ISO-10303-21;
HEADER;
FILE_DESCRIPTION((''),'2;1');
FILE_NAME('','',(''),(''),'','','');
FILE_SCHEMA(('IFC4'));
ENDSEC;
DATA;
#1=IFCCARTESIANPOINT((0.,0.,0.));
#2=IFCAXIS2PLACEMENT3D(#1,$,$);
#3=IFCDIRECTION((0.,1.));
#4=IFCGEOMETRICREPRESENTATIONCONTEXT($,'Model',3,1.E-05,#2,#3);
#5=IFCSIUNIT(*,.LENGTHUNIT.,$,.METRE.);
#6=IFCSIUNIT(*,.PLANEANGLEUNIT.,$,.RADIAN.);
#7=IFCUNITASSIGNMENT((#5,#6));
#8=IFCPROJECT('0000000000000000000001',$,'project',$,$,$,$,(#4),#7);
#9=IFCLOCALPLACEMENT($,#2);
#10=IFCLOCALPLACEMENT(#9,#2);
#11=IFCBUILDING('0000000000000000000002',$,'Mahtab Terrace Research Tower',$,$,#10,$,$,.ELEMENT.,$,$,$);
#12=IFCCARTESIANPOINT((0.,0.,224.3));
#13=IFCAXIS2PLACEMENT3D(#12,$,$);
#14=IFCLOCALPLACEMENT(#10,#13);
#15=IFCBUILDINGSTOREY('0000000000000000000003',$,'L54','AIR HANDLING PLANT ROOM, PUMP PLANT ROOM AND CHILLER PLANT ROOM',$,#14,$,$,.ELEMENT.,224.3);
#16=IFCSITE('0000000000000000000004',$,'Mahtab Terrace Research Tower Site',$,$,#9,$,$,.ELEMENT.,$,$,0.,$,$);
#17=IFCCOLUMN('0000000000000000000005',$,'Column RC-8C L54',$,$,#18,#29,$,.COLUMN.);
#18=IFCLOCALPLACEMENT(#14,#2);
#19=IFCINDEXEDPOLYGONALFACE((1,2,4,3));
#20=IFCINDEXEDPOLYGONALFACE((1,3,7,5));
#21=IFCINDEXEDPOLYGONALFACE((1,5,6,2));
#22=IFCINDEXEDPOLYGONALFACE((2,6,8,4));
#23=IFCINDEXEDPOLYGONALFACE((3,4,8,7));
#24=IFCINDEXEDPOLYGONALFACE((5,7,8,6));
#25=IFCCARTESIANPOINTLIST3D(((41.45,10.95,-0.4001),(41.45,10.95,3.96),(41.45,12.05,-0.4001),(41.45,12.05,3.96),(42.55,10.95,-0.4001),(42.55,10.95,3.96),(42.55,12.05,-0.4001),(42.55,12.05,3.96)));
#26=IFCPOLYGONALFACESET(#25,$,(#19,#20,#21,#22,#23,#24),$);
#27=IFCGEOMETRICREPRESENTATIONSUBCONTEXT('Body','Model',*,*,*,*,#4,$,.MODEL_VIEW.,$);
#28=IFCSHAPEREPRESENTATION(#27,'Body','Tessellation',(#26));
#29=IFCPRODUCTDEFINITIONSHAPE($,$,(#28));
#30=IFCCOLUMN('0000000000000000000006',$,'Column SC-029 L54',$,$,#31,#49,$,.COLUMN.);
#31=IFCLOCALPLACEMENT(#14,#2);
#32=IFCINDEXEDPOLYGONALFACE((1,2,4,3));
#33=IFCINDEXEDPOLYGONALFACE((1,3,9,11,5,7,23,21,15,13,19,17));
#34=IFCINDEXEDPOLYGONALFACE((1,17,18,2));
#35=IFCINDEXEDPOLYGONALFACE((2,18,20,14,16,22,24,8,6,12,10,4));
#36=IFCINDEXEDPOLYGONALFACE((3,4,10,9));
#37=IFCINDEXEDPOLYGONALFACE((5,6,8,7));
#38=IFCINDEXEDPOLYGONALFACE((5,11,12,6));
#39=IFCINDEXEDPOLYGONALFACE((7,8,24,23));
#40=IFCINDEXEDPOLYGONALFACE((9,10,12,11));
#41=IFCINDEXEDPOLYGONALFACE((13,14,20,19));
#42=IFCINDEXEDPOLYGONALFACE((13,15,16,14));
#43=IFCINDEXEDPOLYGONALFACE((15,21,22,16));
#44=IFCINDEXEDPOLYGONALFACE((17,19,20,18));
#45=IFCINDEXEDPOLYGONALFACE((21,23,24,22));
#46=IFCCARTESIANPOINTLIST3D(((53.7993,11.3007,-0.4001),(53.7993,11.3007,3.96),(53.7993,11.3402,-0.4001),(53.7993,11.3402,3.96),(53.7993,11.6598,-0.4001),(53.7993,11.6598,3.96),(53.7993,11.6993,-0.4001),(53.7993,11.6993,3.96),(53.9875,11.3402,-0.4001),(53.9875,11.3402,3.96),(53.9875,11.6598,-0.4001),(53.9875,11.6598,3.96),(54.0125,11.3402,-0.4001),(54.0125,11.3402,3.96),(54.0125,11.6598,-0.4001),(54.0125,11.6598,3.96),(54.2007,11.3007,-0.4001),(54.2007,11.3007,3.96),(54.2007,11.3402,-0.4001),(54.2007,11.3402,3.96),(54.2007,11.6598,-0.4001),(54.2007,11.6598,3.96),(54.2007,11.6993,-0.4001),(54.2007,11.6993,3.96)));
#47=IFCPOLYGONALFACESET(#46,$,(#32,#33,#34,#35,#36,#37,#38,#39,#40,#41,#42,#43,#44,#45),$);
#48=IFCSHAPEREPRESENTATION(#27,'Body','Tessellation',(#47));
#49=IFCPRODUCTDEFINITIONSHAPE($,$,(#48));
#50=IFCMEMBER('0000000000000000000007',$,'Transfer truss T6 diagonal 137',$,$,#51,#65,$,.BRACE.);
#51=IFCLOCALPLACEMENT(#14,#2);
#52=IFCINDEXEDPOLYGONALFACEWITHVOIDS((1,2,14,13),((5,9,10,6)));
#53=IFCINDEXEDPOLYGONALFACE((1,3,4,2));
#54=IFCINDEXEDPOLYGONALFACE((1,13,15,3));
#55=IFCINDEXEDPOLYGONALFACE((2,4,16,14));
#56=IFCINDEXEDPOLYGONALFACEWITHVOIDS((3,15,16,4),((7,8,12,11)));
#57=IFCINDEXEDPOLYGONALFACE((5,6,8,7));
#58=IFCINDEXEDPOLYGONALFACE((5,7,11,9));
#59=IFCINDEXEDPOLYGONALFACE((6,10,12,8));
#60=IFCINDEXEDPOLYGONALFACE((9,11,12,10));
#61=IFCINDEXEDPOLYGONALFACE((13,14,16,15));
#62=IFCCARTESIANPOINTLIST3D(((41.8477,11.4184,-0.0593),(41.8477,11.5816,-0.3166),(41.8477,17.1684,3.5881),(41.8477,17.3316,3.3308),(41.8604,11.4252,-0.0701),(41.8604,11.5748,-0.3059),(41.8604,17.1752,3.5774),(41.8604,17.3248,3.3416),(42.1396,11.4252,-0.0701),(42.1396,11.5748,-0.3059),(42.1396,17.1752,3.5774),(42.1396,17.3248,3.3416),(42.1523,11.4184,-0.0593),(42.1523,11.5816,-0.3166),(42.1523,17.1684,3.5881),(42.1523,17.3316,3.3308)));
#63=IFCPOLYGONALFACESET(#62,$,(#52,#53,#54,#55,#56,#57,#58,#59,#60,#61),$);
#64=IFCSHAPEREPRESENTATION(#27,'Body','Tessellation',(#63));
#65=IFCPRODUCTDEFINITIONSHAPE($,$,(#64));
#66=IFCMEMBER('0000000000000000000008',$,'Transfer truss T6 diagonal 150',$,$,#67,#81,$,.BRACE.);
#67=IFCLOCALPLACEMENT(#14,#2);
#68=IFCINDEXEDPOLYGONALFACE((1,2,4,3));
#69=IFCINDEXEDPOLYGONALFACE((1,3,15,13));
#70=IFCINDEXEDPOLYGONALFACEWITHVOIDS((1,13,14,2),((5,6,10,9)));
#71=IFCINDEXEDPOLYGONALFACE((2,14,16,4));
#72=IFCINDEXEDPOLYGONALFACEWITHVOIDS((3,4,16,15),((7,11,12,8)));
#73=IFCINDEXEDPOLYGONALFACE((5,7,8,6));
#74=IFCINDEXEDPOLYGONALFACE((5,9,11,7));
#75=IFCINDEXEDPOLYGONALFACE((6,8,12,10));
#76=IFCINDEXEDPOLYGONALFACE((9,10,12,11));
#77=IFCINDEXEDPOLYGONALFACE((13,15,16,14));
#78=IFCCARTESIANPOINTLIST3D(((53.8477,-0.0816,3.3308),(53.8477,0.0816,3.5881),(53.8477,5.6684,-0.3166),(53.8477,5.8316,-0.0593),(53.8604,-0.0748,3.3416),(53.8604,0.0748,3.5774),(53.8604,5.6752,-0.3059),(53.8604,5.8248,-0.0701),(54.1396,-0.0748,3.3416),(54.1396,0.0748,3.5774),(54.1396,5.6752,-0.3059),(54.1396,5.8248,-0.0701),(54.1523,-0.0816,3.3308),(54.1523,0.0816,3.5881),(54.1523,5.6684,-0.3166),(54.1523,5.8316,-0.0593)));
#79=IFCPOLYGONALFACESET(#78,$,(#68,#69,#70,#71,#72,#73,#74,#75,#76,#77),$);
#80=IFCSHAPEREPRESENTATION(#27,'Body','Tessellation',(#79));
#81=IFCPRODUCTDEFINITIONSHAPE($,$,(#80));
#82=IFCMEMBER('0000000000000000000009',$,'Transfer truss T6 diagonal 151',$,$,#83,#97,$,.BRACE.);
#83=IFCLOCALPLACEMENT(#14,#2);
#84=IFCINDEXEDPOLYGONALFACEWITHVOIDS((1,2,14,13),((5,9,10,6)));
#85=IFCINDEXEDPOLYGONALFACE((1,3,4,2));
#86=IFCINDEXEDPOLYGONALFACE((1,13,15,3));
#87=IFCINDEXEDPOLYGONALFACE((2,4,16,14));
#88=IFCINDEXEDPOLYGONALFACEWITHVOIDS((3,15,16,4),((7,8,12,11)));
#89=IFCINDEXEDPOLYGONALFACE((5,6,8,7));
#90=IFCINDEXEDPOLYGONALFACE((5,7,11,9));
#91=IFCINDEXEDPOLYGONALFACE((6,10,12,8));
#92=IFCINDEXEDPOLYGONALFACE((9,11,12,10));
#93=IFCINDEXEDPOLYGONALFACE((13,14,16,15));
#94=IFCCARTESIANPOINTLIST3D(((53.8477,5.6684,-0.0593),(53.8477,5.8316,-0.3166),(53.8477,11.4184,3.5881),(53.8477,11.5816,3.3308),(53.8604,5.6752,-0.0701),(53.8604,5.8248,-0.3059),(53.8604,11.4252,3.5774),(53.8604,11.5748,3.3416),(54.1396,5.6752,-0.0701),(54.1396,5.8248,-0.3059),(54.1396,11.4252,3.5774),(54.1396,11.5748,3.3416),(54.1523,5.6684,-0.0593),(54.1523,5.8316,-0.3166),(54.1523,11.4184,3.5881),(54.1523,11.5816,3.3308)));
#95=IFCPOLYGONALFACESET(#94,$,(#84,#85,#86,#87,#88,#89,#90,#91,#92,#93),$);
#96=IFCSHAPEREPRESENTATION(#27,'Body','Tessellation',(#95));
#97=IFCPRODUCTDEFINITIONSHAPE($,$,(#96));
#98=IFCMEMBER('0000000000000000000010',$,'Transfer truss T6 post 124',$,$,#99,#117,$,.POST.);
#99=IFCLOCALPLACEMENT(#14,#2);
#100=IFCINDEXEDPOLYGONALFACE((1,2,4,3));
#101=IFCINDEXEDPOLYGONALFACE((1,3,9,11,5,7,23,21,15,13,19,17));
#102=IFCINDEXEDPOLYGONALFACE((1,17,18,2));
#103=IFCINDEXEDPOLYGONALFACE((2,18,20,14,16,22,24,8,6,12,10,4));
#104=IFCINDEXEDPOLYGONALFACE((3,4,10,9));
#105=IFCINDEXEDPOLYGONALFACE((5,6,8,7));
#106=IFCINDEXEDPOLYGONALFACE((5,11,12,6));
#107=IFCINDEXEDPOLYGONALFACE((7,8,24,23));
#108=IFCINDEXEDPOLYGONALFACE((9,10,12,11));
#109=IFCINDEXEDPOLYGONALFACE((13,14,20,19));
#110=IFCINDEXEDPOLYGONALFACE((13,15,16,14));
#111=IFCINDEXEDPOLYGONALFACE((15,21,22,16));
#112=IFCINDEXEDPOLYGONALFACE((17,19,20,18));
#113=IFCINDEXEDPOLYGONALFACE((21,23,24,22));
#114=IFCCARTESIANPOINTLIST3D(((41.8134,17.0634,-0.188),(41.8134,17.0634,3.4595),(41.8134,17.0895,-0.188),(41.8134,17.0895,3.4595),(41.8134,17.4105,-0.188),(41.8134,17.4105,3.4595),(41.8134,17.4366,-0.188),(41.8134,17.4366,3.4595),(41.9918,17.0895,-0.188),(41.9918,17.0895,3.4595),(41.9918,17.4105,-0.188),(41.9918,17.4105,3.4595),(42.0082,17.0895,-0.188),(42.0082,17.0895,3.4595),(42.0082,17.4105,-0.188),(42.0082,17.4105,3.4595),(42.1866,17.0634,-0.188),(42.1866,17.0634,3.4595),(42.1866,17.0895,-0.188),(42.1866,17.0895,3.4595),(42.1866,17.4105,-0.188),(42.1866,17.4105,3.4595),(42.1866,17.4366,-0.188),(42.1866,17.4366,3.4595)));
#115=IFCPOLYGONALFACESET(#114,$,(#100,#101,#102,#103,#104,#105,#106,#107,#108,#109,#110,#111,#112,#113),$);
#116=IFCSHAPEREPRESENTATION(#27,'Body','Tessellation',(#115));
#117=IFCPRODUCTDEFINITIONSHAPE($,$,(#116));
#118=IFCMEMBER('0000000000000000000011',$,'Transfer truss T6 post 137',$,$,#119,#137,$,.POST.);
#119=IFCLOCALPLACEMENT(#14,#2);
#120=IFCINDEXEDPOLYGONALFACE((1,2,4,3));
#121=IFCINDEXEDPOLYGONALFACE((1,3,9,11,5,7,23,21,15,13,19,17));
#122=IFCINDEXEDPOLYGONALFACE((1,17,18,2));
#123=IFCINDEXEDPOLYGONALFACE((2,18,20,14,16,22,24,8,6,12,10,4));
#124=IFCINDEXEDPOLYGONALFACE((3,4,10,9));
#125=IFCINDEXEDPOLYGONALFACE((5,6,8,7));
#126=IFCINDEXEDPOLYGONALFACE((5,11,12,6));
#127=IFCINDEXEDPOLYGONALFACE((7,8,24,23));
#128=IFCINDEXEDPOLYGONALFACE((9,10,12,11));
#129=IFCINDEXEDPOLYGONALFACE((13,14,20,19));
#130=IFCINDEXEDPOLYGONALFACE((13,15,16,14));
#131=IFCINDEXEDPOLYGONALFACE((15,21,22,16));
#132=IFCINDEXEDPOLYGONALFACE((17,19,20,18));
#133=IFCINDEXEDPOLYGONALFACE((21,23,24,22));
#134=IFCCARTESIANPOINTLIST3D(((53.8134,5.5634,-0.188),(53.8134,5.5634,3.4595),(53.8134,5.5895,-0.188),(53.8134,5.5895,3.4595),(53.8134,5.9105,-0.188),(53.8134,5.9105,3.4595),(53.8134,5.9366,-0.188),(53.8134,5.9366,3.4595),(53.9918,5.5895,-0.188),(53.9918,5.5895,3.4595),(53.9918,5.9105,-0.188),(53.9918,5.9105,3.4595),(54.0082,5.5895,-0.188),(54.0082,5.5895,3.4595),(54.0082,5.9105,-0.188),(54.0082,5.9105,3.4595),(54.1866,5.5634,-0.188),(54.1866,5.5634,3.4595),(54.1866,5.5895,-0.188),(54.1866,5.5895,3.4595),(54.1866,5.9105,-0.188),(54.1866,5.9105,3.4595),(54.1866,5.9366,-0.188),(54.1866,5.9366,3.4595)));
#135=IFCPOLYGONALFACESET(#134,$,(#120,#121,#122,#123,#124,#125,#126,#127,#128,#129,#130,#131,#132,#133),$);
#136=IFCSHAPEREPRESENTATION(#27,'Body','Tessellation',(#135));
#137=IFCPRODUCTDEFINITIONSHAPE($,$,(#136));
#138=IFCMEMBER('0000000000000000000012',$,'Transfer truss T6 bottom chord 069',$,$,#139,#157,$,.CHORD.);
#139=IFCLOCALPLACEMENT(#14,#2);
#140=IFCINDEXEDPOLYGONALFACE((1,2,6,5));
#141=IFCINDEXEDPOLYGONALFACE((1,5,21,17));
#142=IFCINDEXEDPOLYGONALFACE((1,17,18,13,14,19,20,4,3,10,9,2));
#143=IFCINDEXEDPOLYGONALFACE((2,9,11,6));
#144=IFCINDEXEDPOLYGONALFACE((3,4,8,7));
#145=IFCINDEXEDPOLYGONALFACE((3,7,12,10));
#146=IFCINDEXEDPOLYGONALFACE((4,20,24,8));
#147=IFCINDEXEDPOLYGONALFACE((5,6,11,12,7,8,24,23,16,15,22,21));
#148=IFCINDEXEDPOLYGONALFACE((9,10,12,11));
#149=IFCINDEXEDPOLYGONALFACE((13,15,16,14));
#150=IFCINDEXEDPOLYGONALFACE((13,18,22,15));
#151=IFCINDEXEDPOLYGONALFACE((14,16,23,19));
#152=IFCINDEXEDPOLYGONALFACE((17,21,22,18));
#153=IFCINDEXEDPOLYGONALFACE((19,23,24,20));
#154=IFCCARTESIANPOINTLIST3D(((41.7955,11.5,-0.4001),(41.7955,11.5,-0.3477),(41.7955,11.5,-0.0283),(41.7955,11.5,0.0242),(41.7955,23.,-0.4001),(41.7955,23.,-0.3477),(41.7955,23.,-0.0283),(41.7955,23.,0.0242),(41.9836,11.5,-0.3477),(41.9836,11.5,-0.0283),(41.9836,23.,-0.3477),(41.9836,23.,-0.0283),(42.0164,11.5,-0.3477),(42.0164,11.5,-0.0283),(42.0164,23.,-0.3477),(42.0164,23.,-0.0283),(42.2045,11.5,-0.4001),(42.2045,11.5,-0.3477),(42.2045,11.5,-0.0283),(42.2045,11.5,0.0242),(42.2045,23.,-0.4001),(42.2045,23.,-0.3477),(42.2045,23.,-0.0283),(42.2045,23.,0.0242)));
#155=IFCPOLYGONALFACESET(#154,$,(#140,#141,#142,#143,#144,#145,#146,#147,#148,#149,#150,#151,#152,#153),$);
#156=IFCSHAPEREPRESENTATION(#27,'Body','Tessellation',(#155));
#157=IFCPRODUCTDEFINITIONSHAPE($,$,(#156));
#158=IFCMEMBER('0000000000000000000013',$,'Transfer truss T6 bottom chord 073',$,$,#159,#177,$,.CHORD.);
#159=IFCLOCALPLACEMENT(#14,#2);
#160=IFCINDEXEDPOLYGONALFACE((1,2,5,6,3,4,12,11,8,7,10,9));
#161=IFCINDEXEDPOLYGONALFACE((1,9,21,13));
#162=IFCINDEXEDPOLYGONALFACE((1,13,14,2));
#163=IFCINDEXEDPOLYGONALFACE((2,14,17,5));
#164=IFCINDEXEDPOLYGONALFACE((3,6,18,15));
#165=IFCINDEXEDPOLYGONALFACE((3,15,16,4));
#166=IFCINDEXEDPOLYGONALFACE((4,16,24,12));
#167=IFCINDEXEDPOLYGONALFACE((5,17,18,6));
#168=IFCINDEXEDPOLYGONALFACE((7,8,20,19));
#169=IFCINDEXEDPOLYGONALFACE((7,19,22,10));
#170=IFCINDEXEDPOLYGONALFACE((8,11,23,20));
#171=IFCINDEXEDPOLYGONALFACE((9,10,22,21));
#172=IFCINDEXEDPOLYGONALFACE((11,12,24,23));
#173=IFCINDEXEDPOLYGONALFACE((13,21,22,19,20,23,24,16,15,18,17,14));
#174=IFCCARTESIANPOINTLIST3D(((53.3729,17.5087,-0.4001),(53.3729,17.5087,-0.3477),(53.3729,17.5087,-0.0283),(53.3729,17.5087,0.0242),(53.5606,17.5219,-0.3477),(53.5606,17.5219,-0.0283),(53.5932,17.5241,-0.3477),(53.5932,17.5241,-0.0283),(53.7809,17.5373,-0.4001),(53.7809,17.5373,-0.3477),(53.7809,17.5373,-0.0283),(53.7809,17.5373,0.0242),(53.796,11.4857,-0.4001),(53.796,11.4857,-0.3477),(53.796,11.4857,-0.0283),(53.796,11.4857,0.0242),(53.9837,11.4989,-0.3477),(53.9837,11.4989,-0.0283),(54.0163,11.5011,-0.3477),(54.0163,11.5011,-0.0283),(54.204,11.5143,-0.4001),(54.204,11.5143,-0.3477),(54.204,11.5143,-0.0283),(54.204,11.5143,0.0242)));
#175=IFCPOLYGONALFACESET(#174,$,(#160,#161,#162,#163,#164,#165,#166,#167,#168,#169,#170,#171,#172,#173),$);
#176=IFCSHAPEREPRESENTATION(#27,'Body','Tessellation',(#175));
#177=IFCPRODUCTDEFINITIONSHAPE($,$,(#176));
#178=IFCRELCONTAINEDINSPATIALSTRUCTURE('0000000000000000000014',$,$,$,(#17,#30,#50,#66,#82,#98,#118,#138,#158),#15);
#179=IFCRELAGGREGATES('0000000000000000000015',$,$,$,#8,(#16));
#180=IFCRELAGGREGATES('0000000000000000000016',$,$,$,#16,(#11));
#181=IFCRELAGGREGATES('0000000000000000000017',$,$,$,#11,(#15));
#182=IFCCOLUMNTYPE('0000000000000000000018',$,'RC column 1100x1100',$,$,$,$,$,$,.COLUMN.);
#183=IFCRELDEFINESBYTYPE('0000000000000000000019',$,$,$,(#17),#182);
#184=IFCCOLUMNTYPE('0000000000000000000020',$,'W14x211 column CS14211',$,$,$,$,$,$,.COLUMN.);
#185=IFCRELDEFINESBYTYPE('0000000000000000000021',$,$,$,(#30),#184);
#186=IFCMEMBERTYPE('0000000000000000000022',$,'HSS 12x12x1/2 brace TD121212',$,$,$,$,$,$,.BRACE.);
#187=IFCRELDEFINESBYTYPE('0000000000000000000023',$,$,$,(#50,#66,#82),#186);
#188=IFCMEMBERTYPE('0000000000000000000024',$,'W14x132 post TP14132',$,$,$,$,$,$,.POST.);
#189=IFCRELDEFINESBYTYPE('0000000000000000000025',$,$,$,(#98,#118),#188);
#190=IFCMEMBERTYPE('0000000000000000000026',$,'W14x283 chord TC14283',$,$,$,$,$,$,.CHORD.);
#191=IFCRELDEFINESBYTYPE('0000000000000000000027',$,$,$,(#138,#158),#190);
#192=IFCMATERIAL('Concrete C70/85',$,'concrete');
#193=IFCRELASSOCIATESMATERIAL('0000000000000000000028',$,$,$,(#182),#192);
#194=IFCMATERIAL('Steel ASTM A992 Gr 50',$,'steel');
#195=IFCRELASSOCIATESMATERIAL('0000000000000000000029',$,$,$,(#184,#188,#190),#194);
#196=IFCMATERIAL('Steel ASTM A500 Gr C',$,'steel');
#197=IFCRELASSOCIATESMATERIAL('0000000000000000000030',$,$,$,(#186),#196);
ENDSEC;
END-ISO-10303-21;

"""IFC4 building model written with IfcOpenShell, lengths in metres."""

from ifc_helpers import new_model, si_unit, direction, frame, origin, origin_2d, place, context, subcontext, project, spatial, rectangle, hollow_rectangle, i_section, extrude, material, material_profile, profile_set, type_object, element, save


model = new_model("IFC4")

# Units and contexts
model_context = context("Model", 3, precision=1e-05, world=origin(), true_north=direction((0.0, 1.0)))
body_context = subcontext(model_context, "Body", "Model", "MODEL_VIEW")
ifc_project = project(units=[si_unit("LENGTHUNIT", "METRE"), si_unit("PLANEANGLEUNIT", "RADIAN")], contexts=[model_context])

# Site, building, storey
site_placement = place(None, origin())
site = spatial("IfcSite", under=ifc_project, at=site_placement, Name="Mahtab Terrace Research Tower Site", CompositionType="ELEMENT", RefElevation=0.0)
building_placement = place(site_placement, origin())
building = spatial("IfcBuilding", under=site, at=building_placement, Name="Mahtab Terrace Research Tower", CompositionType="ELEMENT")
storey_placement = place(building_placement, frame((0.0, 0.0, 224.3)))
storey = spatial("IfcBuildingStorey", under=building, at=storey_placement, Name="L54", Description="AIR HANDLING PLANT ROOM, PUMP PLANT ROOM AND CHILLER PLANT ROOM", CompositionType="ELEMENT", Elevation=224.3)

# Columns
ifc_material_1 = material(Name="Concrete C70/85", Category="concrete")
ifc_material_profile_1 = material_profile(ifc_material_1, rectangle(XDim=1.1001, YDim=1.1001, at=origin_2d()), Name="RC column 1100x1100")
ifc_profile_set_1 = profile_set([ifc_material_profile_1], Name="Concrete C70/85")
column_type_1 = type_object("IfcColumnType", Name="RC column 1100x1100", PredefinedType="COLUMN", material=ifc_profile_set_1)
column_1_placement = place(storey_placement, frame((42.0, 11.5, -0.4001), z_axis=(0.0, 0.0, 1.0), x_axis=(1.0, 0.0, 0.0)))
element("IfcColumn", 1, at=column_1_placement, inside=storey, type_object=column_type_1, Name="Column RC-8C L54", PredefinedType="COLUMN", context=body_context, shape_type="SweptSolid", body=[
    extrude(rectangle(XDim=1.1001, YDim=1.1001, at=origin_2d()), origin(), (0.0, 0.0, 1.0), 4.3601),
])
ifc_material_2 = material(Name="Steel ASTM A992 Gr 50", Category="steel")
ifc_material_profile_2 = material_profile(ifc_material_2, i_section(OverallWidth=0.4014, OverallDepth=0.3987, WebThickness=0.0249, FlangeThickness=0.0396, at=origin_2d()), Name="W14X211")
ifc_profile_set_2 = profile_set([ifc_material_profile_2], Name="Steel ASTM A992 Gr 50")
column_type_2 = type_object("IfcColumnType", Name="W14x211 column CS14211", PredefinedType="COLUMN", material=ifc_profile_set_2)
column_2_placement = place(storey_placement, frame((54.0, 11.5, -0.4001), z_axis=(0.0, 0.0, 1.0), x_axis=(1.0, 0.0, 0.0)))
element("IfcColumn", 2, at=column_2_placement, inside=storey, type_object=column_type_2, Name="Column SC-029 L54", PredefinedType="COLUMN", context=body_context, shape_type="SweptSolid", body=[
    extrude(i_section(OverallWidth=0.4014, OverallDepth=0.3987, WebThickness=0.0249, FlangeThickness=0.0396, at=origin_2d()), origin(), (0.0, 0.0, 1.0), 4.3601),
])

# Members
ifc_material_3 = material(Name="Steel ASTM A500 Gr C", Category="steel")
ifc_material_profile_3 = material_profile(ifc_material_3, hollow_rectangle(XDim=0.3047, YDim=0.3047, WallThickness=0.0127, at=origin_2d()), Name="HSS12X12X1/2")
ifc_profile_set_3 = profile_set([ifc_material_profile_3], Name="Steel ASTM A500 Gr C")
member_type_1 = type_object("IfcMemberType", Name="HSS 12x12x1/2 brace TD121212", PredefinedType="BRACE", material=ifc_profile_set_3)
for number, where, z_axis, x_axis, name in (
    (3, (42.0, 11.5, -0.188), (0.0, 0.844434, 0.535659), (-1.0, 0.0, 0.0), "Transfer truss T6 diagonal 137"),
    (4, (54.0, 5.75, -0.188), (0.0, -0.844434, 0.535659), (1.0, 0.0, 0.0), "Transfer truss T6 diagonal 150"),
    (5, (54.0, 5.75, -0.188), (0.0, 0.844434, 0.535659), (-1.0, 0.0, 0.0), "Transfer truss T6 diagonal 151"),
):
    element("IfcMember", number, at=place(storey_placement, frame(where, z_axis=z_axis, x_axis=x_axis)), inside=storey, type_object=member_type_1, Name=name, PredefinedType="BRACE", context=body_context, shape_type="SweptSolid", body=[
        extrude(hollow_rectangle(XDim=0.3047, YDim=0.3047, WallThickness=0.0127, at=origin_2d()), origin(), (0.0, 0.0, 1.0), 6.8093),
    ])
ifc_material_profile_4 = material_profile(ifc_material_2, i_section(OverallWidth=0.3733, OverallDepth=0.3733, WebThickness=0.0164, FlangeThickness=0.0261, at=origin_2d()), Name="W14X132")
ifc_profile_set_4 = profile_set([ifc_material_profile_4], Name="Steel ASTM A992 Gr 50")
member_type_2 = type_object("IfcMemberType", Name="W14x132 post TP14132", PredefinedType="POST", material=ifc_profile_set_4)
for number, where, z_axis, x_axis, name in (
    (6, (42.0, 17.25, -0.188), (0.0, 0.0, 1.0), (1.0, 0.0, 0.0), "Transfer truss T6 post 124"),
    (7, (54.0, 5.75, -0.188), (0.0, 0.0, 1.0), (1.0, 0.0, 0.0), "Transfer truss T6 post 137"),
):
    element("IfcMember", number, at=place(storey_placement, frame(where, z_axis=z_axis, x_axis=x_axis)), inside=storey, type_object=member_type_2, Name=name, PredefinedType="POST", context=body_context, shape_type="SweptSolid", body=[
        extrude(i_section(OverallWidth=0.3733, OverallDepth=0.3733, WebThickness=0.0164, FlangeThickness=0.0261, at=origin_2d()), origin(), (0.0, 0.0, 1.0), 3.6475),
    ])
ifc_material_profile_5 = material_profile(ifc_material_2, i_section(OverallWidth=0.4089, OverallDepth=0.4243, WebThickness=0.0327, FlangeThickness=0.0525, at=origin_2d()), Name="W14X283")
ifc_profile_set_5 = profile_set([ifc_material_profile_5], Name="Steel ASTM A992 Gr 50")
member_type_3 = type_object("IfcMemberType", Name="W14x283 chord TC14283", PredefinedType="CHORD", material=ifc_profile_set_5)
member_1_placement = place(storey_placement, frame((42.0, 11.5, -0.188), z_axis=(0.0, 1.0, 0.0), x_axis=(-1.0, 0.0, 0.0)))
element("IfcMember", 8, at=member_1_placement, inside=storey, type_object=member_type_3, Name="Transfer truss T6 bottom chord 069", PredefinedType="CHORD", context=body_context, shape_type="SweptSolid", body=[
    extrude(i_section(OverallWidth=0.4089, OverallDepth=0.4243, WebThickness=0.0327, FlangeThickness=0.0525, at=origin_2d()), origin(), (0.0, 0.0, 1.0), 11.5),
])
member_2_placement = place(storey_placement, frame((54.0, 11.5, -0.188), z_axis=(-0.070075, 0.997542, 0.0), x_axis=(-0.997542, -0.070075, 0.0)))
element("IfcMember", 9, at=member_2_placement, inside=storey, type_object=member_type_3, Name="Transfer truss T6 bottom chord 073", PredefinedType="CHORD", context=body_context, shape_type="SweptSolid", body=[
    extrude(i_section(OverallWidth=0.4089, OverallDepth=0.4243, WebThickness=0.0327, FlangeThickness=0.0525, at=origin_2d()), origin(), (0.0, 0.0, 1.0), 6.0378),
])

save(model, "model.ifc")
